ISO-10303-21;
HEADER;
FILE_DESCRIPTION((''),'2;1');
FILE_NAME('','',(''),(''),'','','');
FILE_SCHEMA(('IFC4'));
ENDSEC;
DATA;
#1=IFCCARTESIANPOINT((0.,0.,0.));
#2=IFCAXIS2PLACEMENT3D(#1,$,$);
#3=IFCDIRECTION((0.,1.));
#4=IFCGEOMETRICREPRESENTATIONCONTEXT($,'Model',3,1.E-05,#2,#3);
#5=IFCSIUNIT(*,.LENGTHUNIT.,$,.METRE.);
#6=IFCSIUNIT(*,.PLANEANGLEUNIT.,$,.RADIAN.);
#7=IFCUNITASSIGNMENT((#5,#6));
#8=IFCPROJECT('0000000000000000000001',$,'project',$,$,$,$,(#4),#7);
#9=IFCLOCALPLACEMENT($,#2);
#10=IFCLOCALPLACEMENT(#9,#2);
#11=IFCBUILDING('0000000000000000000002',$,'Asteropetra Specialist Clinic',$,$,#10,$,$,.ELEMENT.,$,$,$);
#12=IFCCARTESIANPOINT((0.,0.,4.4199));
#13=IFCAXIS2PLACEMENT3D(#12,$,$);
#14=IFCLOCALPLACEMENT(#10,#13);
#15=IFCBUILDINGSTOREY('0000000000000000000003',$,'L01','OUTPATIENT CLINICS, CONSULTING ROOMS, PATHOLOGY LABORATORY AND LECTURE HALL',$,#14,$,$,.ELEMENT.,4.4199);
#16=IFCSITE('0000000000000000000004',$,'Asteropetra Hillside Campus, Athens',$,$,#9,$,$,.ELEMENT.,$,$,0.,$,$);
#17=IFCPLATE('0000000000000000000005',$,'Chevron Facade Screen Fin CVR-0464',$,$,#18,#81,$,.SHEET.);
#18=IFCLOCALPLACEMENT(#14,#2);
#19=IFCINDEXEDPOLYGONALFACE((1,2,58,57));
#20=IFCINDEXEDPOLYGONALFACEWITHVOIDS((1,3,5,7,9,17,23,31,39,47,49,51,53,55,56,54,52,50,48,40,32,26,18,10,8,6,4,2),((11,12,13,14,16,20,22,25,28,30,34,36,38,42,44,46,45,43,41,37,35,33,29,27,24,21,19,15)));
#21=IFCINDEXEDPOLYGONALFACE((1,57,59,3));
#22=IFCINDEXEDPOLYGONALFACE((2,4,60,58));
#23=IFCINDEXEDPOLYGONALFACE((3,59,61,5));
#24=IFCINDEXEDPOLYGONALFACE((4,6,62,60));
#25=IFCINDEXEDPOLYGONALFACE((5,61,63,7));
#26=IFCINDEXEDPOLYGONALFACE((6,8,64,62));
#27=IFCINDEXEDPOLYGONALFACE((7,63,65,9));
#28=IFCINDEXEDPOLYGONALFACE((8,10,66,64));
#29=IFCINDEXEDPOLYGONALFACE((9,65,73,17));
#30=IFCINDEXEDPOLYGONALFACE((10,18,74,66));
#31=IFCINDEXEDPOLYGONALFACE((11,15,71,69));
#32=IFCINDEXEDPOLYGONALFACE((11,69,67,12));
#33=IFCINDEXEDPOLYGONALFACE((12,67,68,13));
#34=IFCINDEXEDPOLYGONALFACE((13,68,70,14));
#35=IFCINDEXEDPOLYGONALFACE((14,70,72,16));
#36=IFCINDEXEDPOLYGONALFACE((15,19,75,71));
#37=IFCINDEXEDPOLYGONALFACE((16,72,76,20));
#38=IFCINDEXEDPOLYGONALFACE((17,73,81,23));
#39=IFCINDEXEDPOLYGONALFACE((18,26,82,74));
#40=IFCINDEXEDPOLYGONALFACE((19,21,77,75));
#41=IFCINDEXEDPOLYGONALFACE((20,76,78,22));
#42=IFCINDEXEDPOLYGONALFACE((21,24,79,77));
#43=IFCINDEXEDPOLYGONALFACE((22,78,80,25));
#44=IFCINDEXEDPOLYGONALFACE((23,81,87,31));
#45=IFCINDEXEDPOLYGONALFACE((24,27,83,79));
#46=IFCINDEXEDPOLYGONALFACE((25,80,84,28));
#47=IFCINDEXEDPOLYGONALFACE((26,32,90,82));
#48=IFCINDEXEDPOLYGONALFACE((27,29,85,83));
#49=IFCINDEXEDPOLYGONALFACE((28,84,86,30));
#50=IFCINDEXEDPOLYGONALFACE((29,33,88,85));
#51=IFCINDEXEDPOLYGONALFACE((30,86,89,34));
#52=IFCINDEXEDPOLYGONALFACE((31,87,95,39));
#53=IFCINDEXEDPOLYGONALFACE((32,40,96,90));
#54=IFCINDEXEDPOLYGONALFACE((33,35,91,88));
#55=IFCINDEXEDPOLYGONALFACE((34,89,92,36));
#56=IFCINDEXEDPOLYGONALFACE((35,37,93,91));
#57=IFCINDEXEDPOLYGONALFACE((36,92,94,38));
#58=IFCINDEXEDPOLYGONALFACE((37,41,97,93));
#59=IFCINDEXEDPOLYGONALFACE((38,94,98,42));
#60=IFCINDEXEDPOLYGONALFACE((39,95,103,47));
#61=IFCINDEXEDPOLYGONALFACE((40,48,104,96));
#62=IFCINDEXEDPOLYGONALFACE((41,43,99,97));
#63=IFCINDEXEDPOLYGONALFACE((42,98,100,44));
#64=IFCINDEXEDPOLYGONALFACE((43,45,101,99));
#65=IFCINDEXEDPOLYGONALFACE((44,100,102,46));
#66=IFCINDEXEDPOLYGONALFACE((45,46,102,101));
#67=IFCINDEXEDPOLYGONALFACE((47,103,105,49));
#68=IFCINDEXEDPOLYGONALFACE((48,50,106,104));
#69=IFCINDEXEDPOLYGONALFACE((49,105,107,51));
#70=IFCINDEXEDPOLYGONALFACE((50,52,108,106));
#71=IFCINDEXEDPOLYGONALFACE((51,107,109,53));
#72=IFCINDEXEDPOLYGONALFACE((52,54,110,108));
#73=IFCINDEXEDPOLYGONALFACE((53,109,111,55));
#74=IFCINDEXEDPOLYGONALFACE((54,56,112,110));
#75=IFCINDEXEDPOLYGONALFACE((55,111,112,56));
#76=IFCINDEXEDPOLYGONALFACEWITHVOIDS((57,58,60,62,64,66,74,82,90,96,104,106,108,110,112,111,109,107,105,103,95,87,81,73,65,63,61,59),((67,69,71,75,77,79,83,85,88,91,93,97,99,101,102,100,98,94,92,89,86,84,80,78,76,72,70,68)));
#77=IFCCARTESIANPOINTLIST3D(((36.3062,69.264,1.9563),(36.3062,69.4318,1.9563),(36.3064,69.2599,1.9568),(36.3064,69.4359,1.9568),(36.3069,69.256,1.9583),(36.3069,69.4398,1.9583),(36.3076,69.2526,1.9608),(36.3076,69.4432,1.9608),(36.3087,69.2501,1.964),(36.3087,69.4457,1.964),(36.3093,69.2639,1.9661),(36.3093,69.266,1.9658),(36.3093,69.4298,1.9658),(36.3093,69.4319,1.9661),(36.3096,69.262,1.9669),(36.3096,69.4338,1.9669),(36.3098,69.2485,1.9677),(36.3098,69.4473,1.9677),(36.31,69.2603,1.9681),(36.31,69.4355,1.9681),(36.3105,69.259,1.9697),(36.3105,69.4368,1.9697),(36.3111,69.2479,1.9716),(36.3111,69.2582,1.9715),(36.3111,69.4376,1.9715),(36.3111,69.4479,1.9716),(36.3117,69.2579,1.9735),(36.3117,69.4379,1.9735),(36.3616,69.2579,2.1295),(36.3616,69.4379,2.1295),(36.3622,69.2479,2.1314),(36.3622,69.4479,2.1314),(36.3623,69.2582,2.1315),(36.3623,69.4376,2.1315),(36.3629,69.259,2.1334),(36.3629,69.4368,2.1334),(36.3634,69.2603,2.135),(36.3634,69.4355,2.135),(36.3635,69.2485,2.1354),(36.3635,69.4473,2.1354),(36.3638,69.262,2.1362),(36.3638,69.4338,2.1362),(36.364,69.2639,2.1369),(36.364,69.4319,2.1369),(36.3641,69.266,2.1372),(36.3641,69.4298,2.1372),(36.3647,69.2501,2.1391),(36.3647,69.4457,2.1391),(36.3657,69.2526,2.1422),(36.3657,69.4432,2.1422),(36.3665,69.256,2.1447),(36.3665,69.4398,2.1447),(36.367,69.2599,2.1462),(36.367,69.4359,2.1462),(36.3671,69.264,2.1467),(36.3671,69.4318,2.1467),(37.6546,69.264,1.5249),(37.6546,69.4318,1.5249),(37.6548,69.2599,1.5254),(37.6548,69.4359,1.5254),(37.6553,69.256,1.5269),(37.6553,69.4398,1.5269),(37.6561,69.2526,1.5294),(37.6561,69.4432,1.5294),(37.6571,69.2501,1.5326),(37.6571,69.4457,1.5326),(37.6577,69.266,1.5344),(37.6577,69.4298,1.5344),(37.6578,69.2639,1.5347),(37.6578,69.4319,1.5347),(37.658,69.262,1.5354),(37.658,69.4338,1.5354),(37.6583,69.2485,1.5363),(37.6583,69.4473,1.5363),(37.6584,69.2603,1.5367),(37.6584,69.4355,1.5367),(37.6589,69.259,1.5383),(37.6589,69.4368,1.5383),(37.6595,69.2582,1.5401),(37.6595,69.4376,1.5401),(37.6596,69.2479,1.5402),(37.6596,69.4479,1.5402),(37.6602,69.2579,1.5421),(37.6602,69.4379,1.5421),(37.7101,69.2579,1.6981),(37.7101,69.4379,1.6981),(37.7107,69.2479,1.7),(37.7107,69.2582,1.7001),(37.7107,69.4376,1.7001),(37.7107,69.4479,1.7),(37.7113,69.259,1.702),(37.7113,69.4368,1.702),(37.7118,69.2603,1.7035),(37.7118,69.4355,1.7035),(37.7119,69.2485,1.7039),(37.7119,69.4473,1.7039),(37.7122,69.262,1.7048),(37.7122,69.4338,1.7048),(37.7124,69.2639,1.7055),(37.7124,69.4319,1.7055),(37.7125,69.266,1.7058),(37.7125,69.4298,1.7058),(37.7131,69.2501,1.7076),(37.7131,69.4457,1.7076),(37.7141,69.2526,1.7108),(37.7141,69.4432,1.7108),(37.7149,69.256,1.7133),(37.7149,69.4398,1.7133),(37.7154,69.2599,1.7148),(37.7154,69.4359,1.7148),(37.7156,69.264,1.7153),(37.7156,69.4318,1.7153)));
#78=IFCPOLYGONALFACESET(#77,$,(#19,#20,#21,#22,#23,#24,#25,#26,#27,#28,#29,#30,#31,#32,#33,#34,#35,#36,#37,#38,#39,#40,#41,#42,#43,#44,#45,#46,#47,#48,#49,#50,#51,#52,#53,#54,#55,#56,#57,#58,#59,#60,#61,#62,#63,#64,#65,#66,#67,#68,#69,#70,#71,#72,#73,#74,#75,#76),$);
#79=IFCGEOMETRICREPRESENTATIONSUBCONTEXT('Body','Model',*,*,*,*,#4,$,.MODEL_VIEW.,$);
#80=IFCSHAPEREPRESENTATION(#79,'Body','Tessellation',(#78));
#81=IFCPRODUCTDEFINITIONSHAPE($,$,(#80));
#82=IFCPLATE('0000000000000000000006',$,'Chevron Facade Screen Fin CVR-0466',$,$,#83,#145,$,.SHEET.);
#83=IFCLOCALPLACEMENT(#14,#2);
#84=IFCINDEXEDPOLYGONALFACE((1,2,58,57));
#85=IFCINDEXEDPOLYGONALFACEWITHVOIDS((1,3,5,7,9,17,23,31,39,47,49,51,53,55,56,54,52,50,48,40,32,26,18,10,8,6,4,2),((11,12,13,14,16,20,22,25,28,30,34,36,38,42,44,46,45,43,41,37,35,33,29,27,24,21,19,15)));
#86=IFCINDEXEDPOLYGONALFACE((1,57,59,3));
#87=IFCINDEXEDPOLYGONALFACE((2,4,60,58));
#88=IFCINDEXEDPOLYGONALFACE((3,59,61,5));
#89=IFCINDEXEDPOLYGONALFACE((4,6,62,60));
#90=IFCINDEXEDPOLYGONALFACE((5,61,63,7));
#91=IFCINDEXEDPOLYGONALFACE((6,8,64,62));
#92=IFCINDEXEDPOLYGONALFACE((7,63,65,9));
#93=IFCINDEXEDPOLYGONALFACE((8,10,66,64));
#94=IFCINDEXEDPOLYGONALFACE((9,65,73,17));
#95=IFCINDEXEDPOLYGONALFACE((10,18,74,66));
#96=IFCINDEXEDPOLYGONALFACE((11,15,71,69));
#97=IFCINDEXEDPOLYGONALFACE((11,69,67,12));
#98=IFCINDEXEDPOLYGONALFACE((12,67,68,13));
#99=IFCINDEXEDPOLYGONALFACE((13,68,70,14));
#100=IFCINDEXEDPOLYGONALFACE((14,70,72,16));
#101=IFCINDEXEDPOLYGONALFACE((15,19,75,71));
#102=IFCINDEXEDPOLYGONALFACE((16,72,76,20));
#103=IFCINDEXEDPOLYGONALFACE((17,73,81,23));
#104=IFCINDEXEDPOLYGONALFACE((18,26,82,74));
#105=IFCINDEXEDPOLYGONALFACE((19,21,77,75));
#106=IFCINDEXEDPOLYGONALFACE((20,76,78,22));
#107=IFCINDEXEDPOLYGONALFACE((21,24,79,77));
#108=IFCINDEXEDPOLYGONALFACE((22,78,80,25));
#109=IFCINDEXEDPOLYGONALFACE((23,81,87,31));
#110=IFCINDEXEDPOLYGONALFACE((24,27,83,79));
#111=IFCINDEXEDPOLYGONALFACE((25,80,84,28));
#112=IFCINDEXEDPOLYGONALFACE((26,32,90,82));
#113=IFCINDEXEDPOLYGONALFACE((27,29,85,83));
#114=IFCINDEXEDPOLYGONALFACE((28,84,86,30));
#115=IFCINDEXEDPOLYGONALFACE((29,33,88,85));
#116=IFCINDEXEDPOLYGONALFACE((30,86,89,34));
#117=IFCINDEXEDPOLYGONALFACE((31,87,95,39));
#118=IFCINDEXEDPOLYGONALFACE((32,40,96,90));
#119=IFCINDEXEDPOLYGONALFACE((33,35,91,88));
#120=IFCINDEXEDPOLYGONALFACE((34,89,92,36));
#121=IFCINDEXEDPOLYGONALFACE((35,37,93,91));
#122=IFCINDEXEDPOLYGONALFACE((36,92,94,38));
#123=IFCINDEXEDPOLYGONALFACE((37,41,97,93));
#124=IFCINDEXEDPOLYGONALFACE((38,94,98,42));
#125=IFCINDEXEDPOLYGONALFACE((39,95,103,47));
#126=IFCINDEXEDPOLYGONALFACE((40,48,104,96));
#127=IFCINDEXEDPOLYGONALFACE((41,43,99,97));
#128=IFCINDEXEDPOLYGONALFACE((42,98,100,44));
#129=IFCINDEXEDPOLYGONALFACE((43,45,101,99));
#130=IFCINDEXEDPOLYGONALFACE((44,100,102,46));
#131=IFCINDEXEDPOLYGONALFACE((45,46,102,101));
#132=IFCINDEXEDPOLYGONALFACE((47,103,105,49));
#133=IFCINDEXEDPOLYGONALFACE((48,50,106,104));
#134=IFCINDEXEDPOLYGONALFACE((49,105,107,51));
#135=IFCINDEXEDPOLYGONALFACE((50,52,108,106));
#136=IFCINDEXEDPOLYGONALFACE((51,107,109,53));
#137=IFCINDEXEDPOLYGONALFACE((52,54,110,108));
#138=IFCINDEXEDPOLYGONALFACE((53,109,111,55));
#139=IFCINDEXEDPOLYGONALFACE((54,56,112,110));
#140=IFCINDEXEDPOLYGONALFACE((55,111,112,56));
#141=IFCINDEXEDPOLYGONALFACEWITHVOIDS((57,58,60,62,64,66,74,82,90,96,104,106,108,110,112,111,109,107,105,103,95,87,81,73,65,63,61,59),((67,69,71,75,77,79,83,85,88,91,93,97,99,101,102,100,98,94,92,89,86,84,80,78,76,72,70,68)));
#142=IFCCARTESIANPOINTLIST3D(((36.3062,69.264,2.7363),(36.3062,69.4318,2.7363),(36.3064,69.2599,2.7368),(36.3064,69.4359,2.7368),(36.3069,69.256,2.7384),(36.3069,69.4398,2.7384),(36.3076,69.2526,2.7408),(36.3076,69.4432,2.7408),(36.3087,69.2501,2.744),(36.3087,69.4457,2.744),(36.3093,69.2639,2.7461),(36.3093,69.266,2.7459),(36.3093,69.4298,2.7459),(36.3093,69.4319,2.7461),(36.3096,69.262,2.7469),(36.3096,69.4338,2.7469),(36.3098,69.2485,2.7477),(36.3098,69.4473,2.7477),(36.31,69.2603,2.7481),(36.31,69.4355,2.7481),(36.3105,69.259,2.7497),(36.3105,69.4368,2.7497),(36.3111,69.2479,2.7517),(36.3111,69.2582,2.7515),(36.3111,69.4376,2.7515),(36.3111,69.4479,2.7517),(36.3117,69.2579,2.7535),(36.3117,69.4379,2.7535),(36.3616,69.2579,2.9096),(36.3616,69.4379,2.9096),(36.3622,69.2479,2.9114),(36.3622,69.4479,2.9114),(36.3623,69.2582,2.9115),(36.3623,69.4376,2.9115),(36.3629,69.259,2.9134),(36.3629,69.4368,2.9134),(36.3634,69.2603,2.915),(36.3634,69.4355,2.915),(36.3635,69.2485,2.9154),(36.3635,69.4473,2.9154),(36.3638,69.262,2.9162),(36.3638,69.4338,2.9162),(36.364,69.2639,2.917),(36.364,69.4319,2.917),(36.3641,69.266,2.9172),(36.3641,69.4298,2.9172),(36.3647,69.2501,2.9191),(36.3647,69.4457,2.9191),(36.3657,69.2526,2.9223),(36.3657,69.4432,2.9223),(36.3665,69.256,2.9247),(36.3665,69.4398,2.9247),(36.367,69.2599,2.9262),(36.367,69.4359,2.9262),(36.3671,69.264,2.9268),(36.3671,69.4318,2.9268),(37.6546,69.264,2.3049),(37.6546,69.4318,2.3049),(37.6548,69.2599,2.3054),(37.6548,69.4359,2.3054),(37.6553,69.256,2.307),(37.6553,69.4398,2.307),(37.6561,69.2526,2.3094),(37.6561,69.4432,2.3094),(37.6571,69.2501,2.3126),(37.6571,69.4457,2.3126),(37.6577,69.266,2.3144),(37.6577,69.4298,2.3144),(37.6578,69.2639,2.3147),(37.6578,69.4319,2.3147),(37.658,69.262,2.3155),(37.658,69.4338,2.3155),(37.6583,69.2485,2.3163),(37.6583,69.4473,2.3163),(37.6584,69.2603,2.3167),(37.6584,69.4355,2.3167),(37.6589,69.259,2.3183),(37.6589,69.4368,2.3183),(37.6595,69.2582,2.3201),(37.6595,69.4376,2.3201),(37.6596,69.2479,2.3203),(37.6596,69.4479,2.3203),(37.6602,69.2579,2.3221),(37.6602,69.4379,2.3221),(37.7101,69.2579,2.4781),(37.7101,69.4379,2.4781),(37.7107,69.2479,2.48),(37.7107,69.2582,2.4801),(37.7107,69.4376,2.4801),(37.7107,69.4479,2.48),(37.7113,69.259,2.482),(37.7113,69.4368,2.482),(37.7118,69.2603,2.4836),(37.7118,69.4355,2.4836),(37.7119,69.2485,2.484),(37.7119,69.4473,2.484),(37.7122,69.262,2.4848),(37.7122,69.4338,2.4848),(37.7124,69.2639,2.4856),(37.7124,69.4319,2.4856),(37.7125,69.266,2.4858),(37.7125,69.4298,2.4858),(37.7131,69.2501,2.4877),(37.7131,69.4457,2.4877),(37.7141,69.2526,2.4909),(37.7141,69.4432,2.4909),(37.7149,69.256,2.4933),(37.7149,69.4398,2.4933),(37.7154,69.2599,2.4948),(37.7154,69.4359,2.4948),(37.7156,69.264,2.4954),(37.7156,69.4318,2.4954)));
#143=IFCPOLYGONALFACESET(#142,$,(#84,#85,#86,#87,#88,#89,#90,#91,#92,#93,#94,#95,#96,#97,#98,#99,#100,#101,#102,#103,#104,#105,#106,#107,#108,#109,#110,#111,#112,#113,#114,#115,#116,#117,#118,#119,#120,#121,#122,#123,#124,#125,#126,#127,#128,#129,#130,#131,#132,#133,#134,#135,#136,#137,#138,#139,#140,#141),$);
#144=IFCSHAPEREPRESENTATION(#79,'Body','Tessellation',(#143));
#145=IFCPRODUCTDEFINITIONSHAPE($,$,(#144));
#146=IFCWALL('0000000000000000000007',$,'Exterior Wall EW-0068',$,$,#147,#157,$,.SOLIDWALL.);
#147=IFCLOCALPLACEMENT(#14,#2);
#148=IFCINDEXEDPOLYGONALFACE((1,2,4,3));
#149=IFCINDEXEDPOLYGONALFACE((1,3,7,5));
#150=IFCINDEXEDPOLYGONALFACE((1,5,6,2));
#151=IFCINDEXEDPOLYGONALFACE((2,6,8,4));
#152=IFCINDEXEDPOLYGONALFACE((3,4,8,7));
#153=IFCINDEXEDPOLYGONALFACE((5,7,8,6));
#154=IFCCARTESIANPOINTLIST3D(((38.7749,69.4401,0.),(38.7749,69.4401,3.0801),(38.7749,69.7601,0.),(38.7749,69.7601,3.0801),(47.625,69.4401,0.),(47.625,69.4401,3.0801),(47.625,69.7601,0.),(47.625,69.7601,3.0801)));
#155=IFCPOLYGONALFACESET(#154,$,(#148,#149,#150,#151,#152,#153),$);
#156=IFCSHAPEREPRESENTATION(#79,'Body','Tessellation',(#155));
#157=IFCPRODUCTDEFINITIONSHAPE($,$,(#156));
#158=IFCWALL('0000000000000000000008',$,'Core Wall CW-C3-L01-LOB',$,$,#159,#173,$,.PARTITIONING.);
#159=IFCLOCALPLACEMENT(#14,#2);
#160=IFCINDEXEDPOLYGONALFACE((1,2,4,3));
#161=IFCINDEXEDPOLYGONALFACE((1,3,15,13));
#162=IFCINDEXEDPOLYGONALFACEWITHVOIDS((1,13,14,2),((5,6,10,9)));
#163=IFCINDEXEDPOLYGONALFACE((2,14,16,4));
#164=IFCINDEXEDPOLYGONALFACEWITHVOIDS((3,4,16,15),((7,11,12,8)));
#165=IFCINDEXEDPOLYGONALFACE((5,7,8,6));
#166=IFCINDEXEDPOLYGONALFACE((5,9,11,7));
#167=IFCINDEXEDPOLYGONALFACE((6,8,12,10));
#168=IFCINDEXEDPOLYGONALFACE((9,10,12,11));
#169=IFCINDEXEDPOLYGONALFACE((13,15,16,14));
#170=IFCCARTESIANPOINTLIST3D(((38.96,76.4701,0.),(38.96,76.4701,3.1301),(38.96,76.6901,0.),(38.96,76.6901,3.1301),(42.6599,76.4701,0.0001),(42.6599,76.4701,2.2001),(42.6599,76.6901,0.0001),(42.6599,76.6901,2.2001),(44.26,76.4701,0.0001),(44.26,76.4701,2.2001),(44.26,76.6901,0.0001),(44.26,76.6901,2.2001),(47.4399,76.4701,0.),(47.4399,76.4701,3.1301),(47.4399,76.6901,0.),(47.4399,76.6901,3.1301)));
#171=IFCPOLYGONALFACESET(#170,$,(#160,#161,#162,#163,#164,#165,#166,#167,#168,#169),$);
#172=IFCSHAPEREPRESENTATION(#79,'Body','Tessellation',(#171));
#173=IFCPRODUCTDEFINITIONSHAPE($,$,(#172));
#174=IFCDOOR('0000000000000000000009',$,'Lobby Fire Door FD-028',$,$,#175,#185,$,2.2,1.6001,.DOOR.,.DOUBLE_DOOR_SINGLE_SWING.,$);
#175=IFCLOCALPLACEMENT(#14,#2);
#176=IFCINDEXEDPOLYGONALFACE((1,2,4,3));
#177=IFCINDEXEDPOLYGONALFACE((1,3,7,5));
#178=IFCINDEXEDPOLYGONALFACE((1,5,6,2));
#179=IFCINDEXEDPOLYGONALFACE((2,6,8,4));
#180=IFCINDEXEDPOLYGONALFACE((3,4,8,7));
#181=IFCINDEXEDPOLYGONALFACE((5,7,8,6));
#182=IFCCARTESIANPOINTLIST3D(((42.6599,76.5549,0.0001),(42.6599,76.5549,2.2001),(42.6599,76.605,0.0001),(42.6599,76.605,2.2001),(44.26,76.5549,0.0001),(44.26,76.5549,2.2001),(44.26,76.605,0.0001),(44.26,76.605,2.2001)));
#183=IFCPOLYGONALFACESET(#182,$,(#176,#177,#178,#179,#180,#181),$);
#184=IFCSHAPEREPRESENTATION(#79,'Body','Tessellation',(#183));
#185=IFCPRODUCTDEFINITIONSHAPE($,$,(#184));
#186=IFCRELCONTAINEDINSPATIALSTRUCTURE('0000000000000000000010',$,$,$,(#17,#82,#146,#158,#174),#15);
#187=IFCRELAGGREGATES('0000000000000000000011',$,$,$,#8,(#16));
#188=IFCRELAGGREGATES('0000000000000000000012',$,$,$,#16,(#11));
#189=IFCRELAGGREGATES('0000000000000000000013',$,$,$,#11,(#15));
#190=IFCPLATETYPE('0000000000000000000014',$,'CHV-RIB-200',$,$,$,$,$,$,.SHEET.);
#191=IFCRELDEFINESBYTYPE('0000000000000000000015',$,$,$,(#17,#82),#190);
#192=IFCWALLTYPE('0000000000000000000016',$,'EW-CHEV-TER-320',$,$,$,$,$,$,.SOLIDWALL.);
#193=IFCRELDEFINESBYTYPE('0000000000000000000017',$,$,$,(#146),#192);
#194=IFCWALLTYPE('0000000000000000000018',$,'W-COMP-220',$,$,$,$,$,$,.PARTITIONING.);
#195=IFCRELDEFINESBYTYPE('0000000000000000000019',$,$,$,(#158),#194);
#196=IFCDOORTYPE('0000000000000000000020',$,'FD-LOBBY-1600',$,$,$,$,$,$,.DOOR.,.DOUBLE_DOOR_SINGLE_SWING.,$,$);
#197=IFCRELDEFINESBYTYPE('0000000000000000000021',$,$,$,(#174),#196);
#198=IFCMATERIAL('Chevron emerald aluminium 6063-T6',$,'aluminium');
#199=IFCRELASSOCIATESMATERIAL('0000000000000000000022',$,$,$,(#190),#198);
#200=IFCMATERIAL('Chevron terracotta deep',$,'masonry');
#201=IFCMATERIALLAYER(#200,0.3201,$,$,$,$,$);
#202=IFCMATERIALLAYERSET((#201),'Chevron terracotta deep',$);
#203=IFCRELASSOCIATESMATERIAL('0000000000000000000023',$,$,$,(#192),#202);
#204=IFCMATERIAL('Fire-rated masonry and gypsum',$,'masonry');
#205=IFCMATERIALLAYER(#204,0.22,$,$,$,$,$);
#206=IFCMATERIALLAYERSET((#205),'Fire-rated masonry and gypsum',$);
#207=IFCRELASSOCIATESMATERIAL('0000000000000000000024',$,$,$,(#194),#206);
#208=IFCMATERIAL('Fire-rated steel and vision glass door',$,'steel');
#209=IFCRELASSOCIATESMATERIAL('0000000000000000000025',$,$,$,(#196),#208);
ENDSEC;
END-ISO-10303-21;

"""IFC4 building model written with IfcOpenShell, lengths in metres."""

from ifc_helpers import new_model, si_unit, direction, frame, frame_2d, origin, origin_2d, place, context, subcontext, project, spatial, rectangle, hollow_rectangle, extrude, material, layer, layer_set, material_profile, profile_set, type_object, element, fill, save


model = new_model("IFC4")

# Units and contexts
model_context = context("Model", 3, precision=1e-05, world=origin(), true_north=direction((0.0, 1.0)))
body_context = subcontext(model_context, "Body", "Model", "MODEL_VIEW")
ifc_project = project(units=[si_unit("LENGTHUNIT", "METRE"), si_unit("PLANEANGLEUNIT", "RADIAN")], contexts=[model_context])

# Site, building, storey
site_placement = place(None, origin())
site = spatial("IfcSite", under=ifc_project, at=site_placement, Name="Asteropetra Hillside Campus, Athens", CompositionType="ELEMENT", RefElevation=0.0)
building_placement = place(site_placement, origin())
building = spatial("IfcBuilding", under=site, at=building_placement, Name="Asteropetra Specialist Clinic", CompositionType="ELEMENT")
storey_placement = place(building_placement, frame((0.0, 0.0, 4.4199)))
storey = spatial("IfcBuildingStorey", under=building, at=storey_placement, Name="L01", Description="OUTPATIENT CLINICS, CONSULTING ROOMS, PATHOLOGY LABORATORY AND LECTURE HALL", CompositionType="ELEMENT", Elevation=4.4199)

# Plates
ifc_material_1 = material(Name="Chevron emerald aluminium 6063-T6", Category="aluminium")
ifc_material_profile_1 = material_profile(ifc_material_1, hollow_rectangle(XDim=0.2, YDim=0.2, WallThickness=0.01, InnerFilletRadius=0.0081, OuterFilletRadius=0.0161, at=origin_2d()), Name="SHS 200x200x10.0")
ifc_profile_set_1 = profile_set([ifc_material_profile_1], Name="Chevron emerald aluminium 6063-T6")
plate_type = type_object("IfcPlateType", Name="CHV-RIB-200", PredefinedType="SHEET", material=ifc_profile_set_1)
for number, where, z_axis, x_axis, name in (
    (1, (36.3367, 69.3479, 2.0515), (0.952442, 0.0, -0.304719), (0.0, 1.0, 0.0), "Chevron Facade Screen Fin CVR-0464"),
    (2, (36.3367, 69.3479, 2.8315), (0.952442, 0.0, -0.304719), (0.0, 1.0, 0.0), "Chevron Facade Screen Fin CVR-0466"),
):
    element("IfcPlate", number, at=place(storey_placement, frame(where, z_axis=z_axis, x_axis=x_axis)), inside=storey, type_object=plate_type, Name=name, PredefinedType="SHEET", context=body_context, shape_type="SweptSolid", body=[
        extrude(hollow_rectangle(XDim=0.2, YDim=0.2, WallThickness=0.01, InnerFilletRadius=0.0081, OuterFilletRadius=0.0161, at=origin_2d()), origin(), (0.0, 0.0, 1.0), 1.4158),
    ])

# Wall
ifc_material_2 = material(Name="Chevron terracotta deep", Category="masonry")
ifc_layer_1 = layer(ifc_material_2, 0.3201)
ifc_layer_set_1 = layer_set([ifc_layer_1], Name="Chevron terracotta deep")
wall_type_1 = type_object("IfcWallType", Name="EW-CHEV-TER-320", PredefinedType="SOLIDWALL", material=ifc_layer_set_1)
wall_1_placement = place(storey_placement, frame((38.7749, 69.6001, 0.0), z_axis=(0.0, 0.0, 1.0), x_axis=(1.0, 0.0, 0.0)))
element("IfcWall", 3, at=wall_1_placement, inside=storey, type_object=wall_type_1, Name="Exterior Wall EW-0068", PredefinedType="SOLIDWALL", context=body_context, shape_type="SweptSolid", body=[
    extrude(rectangle(XDim=8.8501, YDim=0.3201, at=frame_2d((4.425, 0.0))), origin(), (0.0, 0.0, 1.0), 3.0801),
])

# Wall, opening, door
ifc_material_3 = material(Name="Fire-rated masonry and gypsum", Category="masonry")
ifc_layer_2 = layer(ifc_material_3, 0.22)
ifc_layer_set_2 = layer_set([ifc_layer_2], Name="Fire-rated masonry and gypsum")
wall_type_2 = type_object("IfcWallType", Name="W-COMP-220", PredefinedType="PARTITIONING", material=ifc_layer_set_2)
wall_2_placement = place(storey_placement, frame((38.96, 76.5801, 0.0), z_axis=(0.0, 0.0, 1.0), x_axis=(1.0, 0.0, 0.0)))
wall_2 = element("IfcWall", 4, at=wall_2_placement, inside=storey, type_object=wall_type_2, Name="Core Wall CW-C3-L01-LOB", PredefinedType="PARTITIONING", context=body_context, shape_type="SweptSolid", body=[
    extrude(rectangle(XDim=8.48, YDim=0.22, at=frame_2d((4.24, 0.0))), origin(), (0.0, 0.0, 1.0), 3.1301),
])
opening_1_placement = place(wall_2_placement, frame((3.7, 0.0, 0.0)))
opening_1 = element("IfcOpeningElement", 5, at=opening_1_placement, cuts=wall_2, PredefinedType="OPENING", context=body_context, shape_type="SweptSolid", body=[
    extrude(rectangle(XDim=1.6001, YDim=2.2, at=frame_2d((0.8, 1.1001))), frame((0.0, 0.1199, 0.0), z_axis=(0.0, -1.0, 0.0), x_axis=(1.0, 0.0, 0.0)), (0.0, 0.0, 1.0), 0.24),
])
ifc_material_4 = material(Name="Fire-rated steel and vision glass door", Category="steel")
door_type_1 = type_object("IfcDoorType", Name="FD-LOBBY-1600", OperationType="DOUBLE_DOOR_SINGLE_SWING", PredefinedType="DOOR", material=ifc_material_4)
door_1_placement = place(opening_1_placement, origin())
door_1 = element("IfcDoor", 6, at=door_1_placement, inside=storey, type_object=door_type_1, Name="Lobby Fire Door FD-028", OperationType="DOUBLE_DOOR_SINGLE_SWING", OverallHeight=2.2, OverallWidth=1.6001, PredefinedType="DOOR", context=body_context, shape_type="SweptSolid", body=[
    extrude(rectangle(XDim=1.6001, YDim=2.2, at=frame_2d((0.8, 1.1001))), frame((0.0, 0.0249, 0.0), z_axis=(0.0, -1.0, 0.0), x_axis=(1.0, 0.0, 0.0)), (0.0, 0.0, 1.0), 0.05),
])
fill(opening_1, door_1)

save(model, "model.ifc")
